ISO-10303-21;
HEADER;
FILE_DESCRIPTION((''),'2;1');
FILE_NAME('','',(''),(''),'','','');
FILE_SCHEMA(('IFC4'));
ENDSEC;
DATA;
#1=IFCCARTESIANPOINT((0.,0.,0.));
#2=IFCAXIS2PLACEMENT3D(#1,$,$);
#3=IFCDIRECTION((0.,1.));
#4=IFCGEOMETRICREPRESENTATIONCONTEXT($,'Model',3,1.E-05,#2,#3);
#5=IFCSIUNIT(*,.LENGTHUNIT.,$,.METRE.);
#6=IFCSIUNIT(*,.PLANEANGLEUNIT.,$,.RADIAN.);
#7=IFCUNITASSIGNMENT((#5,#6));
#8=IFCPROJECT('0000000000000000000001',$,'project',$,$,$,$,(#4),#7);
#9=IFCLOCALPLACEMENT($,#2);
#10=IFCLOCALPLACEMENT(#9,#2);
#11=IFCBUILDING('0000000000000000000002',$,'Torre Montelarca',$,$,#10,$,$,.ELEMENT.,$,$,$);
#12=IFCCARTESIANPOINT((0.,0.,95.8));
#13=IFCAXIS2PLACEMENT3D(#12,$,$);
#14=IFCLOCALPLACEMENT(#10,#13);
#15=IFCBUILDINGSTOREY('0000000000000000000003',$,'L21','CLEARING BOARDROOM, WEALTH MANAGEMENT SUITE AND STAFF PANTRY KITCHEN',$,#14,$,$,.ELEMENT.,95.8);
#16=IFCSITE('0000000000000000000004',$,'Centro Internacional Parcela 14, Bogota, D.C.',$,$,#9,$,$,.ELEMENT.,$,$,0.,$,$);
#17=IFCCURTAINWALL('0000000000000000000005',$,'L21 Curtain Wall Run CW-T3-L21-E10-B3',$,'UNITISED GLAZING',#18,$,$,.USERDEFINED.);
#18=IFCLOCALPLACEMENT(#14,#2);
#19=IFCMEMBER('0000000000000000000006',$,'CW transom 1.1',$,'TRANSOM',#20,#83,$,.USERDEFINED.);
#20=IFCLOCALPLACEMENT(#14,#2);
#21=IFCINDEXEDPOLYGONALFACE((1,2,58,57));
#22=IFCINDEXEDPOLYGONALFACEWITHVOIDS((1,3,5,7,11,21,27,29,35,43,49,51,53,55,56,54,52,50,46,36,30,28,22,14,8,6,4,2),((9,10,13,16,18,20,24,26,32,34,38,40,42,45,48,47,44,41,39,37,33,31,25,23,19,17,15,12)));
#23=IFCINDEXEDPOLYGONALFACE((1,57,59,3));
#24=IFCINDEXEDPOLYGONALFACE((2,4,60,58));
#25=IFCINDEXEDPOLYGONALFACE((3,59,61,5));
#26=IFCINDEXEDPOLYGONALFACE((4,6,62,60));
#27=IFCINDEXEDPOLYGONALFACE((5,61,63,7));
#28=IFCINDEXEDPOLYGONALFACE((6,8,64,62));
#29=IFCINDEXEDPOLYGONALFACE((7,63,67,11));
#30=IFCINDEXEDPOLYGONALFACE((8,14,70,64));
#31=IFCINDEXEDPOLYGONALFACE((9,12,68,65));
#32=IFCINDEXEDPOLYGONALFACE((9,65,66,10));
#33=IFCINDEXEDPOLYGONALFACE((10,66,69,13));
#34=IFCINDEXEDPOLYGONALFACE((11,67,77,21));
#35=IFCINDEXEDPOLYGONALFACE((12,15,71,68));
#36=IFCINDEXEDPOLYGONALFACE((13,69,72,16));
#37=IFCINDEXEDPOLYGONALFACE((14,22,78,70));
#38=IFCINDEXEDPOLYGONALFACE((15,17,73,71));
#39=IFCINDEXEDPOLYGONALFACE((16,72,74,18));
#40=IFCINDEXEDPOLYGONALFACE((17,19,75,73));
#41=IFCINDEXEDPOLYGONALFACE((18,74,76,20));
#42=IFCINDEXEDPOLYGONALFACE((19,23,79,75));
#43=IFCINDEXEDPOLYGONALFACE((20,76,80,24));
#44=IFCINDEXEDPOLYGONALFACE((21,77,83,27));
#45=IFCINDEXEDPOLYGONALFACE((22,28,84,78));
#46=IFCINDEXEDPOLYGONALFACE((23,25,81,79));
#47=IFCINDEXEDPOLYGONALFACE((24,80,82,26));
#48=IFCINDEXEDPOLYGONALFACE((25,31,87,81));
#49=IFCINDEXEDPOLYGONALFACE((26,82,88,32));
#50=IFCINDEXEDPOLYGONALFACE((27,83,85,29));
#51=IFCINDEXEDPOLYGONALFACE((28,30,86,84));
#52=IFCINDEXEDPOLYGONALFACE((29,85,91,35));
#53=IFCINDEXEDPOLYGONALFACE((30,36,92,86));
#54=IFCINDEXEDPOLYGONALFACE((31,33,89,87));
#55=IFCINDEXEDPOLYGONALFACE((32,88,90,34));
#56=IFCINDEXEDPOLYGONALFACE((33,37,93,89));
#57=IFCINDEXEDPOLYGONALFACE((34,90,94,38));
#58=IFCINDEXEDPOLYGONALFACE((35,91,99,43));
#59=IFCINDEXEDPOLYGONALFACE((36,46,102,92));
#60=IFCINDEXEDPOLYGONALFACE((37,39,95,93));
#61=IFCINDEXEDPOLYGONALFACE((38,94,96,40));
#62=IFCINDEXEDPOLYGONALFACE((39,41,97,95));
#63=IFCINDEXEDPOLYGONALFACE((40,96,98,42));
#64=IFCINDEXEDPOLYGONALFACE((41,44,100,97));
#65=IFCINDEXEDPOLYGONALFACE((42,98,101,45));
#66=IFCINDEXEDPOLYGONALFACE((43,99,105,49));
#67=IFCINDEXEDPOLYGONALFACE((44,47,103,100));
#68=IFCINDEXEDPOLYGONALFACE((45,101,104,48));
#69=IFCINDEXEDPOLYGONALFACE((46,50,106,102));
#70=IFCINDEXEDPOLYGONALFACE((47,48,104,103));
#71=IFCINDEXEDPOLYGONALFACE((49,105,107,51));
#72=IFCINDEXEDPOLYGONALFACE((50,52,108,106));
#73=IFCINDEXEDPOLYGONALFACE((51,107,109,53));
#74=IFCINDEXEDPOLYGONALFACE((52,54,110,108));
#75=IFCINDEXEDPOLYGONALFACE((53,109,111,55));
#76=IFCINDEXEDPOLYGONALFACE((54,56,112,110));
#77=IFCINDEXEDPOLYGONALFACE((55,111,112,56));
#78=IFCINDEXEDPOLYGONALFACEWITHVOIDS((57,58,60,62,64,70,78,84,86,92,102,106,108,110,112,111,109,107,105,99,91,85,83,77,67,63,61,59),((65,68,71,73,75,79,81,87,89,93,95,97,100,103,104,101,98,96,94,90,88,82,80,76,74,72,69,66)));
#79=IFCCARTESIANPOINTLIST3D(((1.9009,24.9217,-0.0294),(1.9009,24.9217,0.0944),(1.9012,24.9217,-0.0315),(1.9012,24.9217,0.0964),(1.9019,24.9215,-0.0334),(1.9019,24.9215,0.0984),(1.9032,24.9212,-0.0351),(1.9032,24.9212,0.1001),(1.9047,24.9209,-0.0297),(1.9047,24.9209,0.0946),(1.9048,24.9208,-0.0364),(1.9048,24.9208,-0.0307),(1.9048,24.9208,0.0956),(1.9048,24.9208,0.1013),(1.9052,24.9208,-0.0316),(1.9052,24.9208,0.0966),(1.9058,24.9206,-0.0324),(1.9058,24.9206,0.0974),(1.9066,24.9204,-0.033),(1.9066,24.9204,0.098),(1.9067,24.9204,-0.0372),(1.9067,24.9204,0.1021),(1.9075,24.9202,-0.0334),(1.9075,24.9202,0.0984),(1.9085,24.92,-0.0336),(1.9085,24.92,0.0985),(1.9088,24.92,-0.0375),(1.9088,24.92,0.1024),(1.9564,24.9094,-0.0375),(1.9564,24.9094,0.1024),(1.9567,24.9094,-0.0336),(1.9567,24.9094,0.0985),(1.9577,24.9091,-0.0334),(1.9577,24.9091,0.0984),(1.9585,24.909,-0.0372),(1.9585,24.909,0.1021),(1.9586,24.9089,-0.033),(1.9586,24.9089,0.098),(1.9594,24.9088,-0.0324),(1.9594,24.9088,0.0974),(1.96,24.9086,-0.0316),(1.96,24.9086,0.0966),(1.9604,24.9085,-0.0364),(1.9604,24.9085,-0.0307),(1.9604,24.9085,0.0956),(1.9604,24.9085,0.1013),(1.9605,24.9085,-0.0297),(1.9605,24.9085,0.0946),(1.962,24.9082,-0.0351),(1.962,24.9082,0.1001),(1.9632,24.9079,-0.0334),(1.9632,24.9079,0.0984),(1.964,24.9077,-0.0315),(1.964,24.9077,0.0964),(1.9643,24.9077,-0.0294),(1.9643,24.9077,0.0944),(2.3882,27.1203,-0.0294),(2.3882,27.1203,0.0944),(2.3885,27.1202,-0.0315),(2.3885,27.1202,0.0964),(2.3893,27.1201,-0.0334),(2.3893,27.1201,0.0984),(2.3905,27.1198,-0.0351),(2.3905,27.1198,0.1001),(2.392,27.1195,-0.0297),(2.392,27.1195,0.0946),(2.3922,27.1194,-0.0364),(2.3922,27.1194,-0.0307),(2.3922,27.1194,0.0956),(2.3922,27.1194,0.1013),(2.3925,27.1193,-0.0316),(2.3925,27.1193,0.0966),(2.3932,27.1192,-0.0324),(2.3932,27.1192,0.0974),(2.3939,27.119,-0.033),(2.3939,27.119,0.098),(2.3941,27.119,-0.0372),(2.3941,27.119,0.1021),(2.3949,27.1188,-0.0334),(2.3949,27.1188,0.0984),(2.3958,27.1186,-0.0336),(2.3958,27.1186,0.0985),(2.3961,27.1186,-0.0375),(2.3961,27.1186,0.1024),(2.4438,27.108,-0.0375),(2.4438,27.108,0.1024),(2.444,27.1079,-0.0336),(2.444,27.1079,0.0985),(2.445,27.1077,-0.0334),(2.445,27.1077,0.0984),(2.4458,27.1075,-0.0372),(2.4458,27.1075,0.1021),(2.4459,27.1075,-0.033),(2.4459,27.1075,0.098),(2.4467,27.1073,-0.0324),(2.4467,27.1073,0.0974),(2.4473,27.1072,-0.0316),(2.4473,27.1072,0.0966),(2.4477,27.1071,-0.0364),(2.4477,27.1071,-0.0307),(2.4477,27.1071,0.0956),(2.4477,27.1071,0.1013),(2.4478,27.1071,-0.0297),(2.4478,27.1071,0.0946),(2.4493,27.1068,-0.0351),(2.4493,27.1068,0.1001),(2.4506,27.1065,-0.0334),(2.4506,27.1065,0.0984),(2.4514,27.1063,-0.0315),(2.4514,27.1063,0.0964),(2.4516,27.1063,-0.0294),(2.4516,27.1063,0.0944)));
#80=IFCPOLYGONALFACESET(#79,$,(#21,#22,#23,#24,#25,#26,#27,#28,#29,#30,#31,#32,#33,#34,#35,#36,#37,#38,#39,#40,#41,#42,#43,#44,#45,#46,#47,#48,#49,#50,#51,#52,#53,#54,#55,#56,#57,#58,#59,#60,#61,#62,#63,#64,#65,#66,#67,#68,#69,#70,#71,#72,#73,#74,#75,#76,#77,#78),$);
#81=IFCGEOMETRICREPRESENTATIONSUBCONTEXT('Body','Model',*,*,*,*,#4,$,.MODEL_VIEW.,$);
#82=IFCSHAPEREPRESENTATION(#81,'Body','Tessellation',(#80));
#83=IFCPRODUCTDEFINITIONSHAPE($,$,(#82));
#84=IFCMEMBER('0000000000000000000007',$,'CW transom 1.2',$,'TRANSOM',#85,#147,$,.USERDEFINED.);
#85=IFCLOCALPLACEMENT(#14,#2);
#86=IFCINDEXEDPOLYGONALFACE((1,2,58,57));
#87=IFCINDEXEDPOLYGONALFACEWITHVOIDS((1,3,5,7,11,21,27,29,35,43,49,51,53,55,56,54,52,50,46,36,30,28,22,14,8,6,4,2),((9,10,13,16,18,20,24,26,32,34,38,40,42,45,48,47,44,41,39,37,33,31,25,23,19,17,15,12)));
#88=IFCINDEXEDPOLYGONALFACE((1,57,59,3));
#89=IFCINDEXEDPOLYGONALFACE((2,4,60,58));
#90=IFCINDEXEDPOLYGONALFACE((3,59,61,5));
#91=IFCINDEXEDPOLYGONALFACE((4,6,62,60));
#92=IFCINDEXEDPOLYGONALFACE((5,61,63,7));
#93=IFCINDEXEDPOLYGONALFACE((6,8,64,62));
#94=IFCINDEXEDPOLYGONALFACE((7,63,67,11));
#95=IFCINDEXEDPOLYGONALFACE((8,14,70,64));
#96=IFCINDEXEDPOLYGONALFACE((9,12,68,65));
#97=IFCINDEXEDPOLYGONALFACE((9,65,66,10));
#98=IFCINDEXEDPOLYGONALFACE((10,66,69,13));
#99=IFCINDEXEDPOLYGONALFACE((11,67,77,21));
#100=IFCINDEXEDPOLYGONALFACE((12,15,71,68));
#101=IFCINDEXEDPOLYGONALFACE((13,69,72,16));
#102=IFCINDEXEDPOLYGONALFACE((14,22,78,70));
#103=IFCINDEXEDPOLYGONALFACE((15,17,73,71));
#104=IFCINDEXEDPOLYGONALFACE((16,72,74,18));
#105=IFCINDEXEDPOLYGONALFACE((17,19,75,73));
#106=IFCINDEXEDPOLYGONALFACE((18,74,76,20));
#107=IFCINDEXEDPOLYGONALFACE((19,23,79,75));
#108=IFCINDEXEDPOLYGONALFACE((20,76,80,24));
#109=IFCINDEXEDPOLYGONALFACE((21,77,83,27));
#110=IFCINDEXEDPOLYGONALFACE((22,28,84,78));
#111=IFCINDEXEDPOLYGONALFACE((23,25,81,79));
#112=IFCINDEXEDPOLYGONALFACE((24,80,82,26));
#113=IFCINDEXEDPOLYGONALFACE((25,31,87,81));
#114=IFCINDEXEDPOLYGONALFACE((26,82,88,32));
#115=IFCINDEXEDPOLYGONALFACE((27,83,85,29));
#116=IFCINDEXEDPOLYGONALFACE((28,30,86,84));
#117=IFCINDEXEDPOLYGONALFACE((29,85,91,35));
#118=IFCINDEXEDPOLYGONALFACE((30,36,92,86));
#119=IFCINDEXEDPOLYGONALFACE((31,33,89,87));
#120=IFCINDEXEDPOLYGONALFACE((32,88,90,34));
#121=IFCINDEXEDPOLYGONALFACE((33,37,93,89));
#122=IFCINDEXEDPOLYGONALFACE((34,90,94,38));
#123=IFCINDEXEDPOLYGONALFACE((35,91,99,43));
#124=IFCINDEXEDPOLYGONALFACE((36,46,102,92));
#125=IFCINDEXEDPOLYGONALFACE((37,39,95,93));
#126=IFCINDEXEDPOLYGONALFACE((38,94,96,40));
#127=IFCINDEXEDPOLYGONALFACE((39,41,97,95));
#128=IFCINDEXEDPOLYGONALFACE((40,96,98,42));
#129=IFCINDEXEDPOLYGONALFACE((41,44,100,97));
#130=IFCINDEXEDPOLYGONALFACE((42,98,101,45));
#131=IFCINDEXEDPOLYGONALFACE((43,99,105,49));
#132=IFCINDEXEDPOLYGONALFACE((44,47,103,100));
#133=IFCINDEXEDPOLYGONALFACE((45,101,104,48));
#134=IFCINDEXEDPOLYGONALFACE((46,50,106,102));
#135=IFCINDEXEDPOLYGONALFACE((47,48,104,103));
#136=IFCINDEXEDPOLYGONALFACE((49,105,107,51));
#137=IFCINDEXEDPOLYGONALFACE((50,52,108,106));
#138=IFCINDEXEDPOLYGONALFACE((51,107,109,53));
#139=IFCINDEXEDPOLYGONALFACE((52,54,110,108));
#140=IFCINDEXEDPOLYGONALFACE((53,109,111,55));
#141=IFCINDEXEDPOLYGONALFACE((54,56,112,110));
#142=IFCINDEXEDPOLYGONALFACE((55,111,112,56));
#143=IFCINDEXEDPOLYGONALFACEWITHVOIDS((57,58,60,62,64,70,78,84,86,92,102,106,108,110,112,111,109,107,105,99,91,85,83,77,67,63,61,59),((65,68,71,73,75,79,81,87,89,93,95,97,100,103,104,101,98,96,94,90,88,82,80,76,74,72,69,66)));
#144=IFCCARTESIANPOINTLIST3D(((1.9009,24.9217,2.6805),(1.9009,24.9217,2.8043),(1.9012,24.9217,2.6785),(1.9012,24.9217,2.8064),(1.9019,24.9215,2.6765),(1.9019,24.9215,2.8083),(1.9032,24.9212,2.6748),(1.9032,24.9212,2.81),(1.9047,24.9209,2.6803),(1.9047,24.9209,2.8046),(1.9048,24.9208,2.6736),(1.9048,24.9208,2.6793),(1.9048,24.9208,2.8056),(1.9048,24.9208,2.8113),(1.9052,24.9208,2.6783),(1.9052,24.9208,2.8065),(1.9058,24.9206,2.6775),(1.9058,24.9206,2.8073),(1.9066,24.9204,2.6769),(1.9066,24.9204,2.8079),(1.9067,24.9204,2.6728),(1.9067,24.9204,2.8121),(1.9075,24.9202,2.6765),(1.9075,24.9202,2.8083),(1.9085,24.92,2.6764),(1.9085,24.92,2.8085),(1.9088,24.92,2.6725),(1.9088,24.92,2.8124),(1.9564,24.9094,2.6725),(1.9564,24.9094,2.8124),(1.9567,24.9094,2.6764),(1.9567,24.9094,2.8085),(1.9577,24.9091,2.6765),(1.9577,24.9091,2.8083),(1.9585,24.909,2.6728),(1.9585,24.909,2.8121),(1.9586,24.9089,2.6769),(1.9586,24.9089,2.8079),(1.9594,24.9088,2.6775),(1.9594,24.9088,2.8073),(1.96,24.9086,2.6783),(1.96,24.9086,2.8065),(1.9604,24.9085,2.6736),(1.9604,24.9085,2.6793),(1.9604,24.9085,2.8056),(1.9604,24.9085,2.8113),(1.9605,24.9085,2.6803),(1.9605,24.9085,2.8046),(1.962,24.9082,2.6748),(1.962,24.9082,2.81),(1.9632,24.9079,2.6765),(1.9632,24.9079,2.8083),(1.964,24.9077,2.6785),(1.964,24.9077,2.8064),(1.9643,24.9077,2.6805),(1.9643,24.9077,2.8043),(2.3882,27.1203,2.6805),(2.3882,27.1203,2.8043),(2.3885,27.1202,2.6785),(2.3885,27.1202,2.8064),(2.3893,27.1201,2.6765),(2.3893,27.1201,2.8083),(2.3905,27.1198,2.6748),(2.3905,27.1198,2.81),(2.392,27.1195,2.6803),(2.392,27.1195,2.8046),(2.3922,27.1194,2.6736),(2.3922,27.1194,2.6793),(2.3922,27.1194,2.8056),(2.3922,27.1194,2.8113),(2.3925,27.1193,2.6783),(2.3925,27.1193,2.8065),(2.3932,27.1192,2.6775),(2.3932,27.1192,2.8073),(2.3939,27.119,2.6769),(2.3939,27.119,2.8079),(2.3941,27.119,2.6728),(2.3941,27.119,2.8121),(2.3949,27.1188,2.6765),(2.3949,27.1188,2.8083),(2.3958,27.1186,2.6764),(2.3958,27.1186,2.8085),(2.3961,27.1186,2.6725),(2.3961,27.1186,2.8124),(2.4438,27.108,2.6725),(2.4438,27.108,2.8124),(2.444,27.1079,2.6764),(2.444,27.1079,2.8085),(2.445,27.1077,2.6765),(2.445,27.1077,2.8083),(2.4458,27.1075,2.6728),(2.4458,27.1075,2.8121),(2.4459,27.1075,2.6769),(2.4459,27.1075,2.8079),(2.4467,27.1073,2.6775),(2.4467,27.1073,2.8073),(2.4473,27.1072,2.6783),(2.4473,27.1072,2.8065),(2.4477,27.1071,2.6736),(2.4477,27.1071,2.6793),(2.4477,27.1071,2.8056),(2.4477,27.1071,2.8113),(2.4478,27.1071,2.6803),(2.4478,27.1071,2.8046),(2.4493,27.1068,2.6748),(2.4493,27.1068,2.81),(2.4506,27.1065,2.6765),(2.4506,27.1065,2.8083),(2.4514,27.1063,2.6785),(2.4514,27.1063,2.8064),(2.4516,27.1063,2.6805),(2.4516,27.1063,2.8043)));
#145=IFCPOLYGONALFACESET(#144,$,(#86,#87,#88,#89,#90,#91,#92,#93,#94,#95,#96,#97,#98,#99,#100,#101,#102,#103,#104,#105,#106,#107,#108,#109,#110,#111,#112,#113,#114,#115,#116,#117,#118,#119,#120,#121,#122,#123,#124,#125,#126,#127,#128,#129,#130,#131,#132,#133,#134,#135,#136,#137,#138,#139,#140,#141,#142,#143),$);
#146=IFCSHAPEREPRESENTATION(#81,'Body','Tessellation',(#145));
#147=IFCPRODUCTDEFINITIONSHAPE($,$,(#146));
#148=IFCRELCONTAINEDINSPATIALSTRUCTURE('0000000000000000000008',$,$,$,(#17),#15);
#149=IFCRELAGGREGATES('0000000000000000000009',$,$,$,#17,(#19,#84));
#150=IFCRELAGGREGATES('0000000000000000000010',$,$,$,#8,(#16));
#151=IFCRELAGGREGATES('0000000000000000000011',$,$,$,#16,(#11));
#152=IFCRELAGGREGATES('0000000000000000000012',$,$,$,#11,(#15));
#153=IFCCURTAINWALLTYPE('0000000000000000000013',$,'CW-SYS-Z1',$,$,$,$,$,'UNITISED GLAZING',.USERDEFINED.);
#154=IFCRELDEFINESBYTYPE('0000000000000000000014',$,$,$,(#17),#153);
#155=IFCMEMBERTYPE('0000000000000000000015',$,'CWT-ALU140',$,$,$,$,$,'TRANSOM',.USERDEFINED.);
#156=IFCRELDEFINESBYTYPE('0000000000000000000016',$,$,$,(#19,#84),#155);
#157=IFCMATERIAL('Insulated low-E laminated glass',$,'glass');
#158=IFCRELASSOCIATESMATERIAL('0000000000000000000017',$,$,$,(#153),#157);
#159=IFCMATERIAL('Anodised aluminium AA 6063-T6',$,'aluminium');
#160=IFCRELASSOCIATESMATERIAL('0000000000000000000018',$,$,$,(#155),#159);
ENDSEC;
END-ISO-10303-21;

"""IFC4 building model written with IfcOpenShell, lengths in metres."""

from ifc_helpers import new_model, si_unit, direction, frame, origin, origin_2d, place, context, subcontext, project, spatial, hollow_rectangle, extrude, source, transform, mapped, material, material_profile, profile_set, type_object, element, aggregate, save


model = new_model("IFC4")

# Units and contexts
model_context = context("Model", 3, precision=1e-05, world=origin(), true_north=direction((0.0, 1.0)))
body_context = subcontext(model_context, "Body", "Model", "MODEL_VIEW")
ifc_project = project(units=[si_unit("LENGTHUNIT", "METRE"), si_unit("PLANEANGLEUNIT", "RADIAN")], contexts=[model_context])

# Site, building, storey
site_placement = place(None, origin())
site = spatial("IfcSite", under=ifc_project, at=site_placement, Name="Centro Internacional Parcela 14, Bogota, D.C.", CompositionType="ELEMENT", RefElevation=0.0)
building_placement = place(site_placement, origin())
building = spatial("IfcBuilding", under=site, at=building_placement, Name="Torre Montelarca", CompositionType="ELEMENT")
storey_placement = place(building_placement, frame((0.0, 0.0, 95.8)))
storey = spatial("IfcBuildingStorey", under=building, at=storey_placement, Name="L21", Description="CLEARING BOARDROOM, WEALTH MANAGEMENT SUITE AND STAFF PANTRY KITCHEN", CompositionType="ELEMENT", Elevation=95.8)

# Curtain wall, members
ifc_material_1 = material(Name="Insulated low-E laminated glass", Category="glass")
curtain_wall_type = type_object("IfcCurtainWallType", Name="CW-SYS-Z1", ElementType="UNITISED GLAZING", PredefinedType="USERDEFINED", material=ifc_material_1)
curtain_wall_1_placement = place(storey_placement, origin())
curtain_wall_1 = element("IfcCurtainWall", 1, at=curtain_wall_1_placement, inside=storey, type_object=curtain_wall_type, Name="L21 Curtain Wall Run CW-T3-L21-E10-B3", ObjectType="UNITISED GLAZING", PredefinedType="USERDEFINED")
ifc_material_2 = material(Name="Anodised aluminium AA 6063-T6", Category="aluminium")
ifc_material_profile_1 = material_profile(ifc_material_2, hollow_rectangle(XDim=0.0649, YDim=0.1399, WallThickness=0.0039, InnerFilletRadius=0.0039, OuterFilletRadius=0.0081, at=origin_2d()), Name="ALU65X140X4", Category="aluminium")
ifc_profile_set_1 = profile_set([ifc_material_profile_1], Name="Anodised aluminium AA 6063-T6")
member_type_1 = type_object("IfcMemberType", Name="CWT-ALU140", ElementType="TRANSOM", PredefinedType="USERDEFINED", material=ifc_profile_set_1)
shared_shape_1 = source(origin(), body_context, "Body", "SweptSolid", [
    extrude(hollow_rectangle(XDim=0.0649, YDim=0.1399, WallThickness=0.0039, InnerFilletRadius=0.0039, OuterFilletRadius=0.0081, at=origin_2d()), origin(), (0.0, 0.0, 1.0), 2.252),
])
member_1_placement = place(storey_placement, frame((2.4199, 27.1133, 0.0325), z_axis=(-0.216402, -0.976304, 0.0), x_axis=(0.976304, -0.216402, 0.0)))
member_1 = element("IfcMember", 2, at=member_1_placement, type_object=member_type_1, Name="CW transom 1.1", ObjectType="TRANSOM", PredefinedType="USERDEFINED", context=body_context, shape_type="MappedRepresentation", body=[
    mapped(shared_shape_1, transform((0.0, 0.0, 0.0), scale=1.0)),
])
member_2_placement = place(storey_placement, frame((2.4199, 27.1133, 2.7424), z_axis=(-0.216402, -0.976304, 0.0), x_axis=(0.976304, -0.216402, 0.0)))
member_2 = element("IfcMember", 3, at=member_2_placement, type_object=member_type_1, Name="CW transom 1.2", ObjectType="TRANSOM", PredefinedType="USERDEFINED", context=body_context, shape_type="MappedRepresentation", body=[
    mapped(shared_shape_1, transform((0.0, 0.0, 0.0), scale=1.0)),
])

aggregate(curtain_wall_1, [member_1, member_2])

save(model, "model.ifc")
